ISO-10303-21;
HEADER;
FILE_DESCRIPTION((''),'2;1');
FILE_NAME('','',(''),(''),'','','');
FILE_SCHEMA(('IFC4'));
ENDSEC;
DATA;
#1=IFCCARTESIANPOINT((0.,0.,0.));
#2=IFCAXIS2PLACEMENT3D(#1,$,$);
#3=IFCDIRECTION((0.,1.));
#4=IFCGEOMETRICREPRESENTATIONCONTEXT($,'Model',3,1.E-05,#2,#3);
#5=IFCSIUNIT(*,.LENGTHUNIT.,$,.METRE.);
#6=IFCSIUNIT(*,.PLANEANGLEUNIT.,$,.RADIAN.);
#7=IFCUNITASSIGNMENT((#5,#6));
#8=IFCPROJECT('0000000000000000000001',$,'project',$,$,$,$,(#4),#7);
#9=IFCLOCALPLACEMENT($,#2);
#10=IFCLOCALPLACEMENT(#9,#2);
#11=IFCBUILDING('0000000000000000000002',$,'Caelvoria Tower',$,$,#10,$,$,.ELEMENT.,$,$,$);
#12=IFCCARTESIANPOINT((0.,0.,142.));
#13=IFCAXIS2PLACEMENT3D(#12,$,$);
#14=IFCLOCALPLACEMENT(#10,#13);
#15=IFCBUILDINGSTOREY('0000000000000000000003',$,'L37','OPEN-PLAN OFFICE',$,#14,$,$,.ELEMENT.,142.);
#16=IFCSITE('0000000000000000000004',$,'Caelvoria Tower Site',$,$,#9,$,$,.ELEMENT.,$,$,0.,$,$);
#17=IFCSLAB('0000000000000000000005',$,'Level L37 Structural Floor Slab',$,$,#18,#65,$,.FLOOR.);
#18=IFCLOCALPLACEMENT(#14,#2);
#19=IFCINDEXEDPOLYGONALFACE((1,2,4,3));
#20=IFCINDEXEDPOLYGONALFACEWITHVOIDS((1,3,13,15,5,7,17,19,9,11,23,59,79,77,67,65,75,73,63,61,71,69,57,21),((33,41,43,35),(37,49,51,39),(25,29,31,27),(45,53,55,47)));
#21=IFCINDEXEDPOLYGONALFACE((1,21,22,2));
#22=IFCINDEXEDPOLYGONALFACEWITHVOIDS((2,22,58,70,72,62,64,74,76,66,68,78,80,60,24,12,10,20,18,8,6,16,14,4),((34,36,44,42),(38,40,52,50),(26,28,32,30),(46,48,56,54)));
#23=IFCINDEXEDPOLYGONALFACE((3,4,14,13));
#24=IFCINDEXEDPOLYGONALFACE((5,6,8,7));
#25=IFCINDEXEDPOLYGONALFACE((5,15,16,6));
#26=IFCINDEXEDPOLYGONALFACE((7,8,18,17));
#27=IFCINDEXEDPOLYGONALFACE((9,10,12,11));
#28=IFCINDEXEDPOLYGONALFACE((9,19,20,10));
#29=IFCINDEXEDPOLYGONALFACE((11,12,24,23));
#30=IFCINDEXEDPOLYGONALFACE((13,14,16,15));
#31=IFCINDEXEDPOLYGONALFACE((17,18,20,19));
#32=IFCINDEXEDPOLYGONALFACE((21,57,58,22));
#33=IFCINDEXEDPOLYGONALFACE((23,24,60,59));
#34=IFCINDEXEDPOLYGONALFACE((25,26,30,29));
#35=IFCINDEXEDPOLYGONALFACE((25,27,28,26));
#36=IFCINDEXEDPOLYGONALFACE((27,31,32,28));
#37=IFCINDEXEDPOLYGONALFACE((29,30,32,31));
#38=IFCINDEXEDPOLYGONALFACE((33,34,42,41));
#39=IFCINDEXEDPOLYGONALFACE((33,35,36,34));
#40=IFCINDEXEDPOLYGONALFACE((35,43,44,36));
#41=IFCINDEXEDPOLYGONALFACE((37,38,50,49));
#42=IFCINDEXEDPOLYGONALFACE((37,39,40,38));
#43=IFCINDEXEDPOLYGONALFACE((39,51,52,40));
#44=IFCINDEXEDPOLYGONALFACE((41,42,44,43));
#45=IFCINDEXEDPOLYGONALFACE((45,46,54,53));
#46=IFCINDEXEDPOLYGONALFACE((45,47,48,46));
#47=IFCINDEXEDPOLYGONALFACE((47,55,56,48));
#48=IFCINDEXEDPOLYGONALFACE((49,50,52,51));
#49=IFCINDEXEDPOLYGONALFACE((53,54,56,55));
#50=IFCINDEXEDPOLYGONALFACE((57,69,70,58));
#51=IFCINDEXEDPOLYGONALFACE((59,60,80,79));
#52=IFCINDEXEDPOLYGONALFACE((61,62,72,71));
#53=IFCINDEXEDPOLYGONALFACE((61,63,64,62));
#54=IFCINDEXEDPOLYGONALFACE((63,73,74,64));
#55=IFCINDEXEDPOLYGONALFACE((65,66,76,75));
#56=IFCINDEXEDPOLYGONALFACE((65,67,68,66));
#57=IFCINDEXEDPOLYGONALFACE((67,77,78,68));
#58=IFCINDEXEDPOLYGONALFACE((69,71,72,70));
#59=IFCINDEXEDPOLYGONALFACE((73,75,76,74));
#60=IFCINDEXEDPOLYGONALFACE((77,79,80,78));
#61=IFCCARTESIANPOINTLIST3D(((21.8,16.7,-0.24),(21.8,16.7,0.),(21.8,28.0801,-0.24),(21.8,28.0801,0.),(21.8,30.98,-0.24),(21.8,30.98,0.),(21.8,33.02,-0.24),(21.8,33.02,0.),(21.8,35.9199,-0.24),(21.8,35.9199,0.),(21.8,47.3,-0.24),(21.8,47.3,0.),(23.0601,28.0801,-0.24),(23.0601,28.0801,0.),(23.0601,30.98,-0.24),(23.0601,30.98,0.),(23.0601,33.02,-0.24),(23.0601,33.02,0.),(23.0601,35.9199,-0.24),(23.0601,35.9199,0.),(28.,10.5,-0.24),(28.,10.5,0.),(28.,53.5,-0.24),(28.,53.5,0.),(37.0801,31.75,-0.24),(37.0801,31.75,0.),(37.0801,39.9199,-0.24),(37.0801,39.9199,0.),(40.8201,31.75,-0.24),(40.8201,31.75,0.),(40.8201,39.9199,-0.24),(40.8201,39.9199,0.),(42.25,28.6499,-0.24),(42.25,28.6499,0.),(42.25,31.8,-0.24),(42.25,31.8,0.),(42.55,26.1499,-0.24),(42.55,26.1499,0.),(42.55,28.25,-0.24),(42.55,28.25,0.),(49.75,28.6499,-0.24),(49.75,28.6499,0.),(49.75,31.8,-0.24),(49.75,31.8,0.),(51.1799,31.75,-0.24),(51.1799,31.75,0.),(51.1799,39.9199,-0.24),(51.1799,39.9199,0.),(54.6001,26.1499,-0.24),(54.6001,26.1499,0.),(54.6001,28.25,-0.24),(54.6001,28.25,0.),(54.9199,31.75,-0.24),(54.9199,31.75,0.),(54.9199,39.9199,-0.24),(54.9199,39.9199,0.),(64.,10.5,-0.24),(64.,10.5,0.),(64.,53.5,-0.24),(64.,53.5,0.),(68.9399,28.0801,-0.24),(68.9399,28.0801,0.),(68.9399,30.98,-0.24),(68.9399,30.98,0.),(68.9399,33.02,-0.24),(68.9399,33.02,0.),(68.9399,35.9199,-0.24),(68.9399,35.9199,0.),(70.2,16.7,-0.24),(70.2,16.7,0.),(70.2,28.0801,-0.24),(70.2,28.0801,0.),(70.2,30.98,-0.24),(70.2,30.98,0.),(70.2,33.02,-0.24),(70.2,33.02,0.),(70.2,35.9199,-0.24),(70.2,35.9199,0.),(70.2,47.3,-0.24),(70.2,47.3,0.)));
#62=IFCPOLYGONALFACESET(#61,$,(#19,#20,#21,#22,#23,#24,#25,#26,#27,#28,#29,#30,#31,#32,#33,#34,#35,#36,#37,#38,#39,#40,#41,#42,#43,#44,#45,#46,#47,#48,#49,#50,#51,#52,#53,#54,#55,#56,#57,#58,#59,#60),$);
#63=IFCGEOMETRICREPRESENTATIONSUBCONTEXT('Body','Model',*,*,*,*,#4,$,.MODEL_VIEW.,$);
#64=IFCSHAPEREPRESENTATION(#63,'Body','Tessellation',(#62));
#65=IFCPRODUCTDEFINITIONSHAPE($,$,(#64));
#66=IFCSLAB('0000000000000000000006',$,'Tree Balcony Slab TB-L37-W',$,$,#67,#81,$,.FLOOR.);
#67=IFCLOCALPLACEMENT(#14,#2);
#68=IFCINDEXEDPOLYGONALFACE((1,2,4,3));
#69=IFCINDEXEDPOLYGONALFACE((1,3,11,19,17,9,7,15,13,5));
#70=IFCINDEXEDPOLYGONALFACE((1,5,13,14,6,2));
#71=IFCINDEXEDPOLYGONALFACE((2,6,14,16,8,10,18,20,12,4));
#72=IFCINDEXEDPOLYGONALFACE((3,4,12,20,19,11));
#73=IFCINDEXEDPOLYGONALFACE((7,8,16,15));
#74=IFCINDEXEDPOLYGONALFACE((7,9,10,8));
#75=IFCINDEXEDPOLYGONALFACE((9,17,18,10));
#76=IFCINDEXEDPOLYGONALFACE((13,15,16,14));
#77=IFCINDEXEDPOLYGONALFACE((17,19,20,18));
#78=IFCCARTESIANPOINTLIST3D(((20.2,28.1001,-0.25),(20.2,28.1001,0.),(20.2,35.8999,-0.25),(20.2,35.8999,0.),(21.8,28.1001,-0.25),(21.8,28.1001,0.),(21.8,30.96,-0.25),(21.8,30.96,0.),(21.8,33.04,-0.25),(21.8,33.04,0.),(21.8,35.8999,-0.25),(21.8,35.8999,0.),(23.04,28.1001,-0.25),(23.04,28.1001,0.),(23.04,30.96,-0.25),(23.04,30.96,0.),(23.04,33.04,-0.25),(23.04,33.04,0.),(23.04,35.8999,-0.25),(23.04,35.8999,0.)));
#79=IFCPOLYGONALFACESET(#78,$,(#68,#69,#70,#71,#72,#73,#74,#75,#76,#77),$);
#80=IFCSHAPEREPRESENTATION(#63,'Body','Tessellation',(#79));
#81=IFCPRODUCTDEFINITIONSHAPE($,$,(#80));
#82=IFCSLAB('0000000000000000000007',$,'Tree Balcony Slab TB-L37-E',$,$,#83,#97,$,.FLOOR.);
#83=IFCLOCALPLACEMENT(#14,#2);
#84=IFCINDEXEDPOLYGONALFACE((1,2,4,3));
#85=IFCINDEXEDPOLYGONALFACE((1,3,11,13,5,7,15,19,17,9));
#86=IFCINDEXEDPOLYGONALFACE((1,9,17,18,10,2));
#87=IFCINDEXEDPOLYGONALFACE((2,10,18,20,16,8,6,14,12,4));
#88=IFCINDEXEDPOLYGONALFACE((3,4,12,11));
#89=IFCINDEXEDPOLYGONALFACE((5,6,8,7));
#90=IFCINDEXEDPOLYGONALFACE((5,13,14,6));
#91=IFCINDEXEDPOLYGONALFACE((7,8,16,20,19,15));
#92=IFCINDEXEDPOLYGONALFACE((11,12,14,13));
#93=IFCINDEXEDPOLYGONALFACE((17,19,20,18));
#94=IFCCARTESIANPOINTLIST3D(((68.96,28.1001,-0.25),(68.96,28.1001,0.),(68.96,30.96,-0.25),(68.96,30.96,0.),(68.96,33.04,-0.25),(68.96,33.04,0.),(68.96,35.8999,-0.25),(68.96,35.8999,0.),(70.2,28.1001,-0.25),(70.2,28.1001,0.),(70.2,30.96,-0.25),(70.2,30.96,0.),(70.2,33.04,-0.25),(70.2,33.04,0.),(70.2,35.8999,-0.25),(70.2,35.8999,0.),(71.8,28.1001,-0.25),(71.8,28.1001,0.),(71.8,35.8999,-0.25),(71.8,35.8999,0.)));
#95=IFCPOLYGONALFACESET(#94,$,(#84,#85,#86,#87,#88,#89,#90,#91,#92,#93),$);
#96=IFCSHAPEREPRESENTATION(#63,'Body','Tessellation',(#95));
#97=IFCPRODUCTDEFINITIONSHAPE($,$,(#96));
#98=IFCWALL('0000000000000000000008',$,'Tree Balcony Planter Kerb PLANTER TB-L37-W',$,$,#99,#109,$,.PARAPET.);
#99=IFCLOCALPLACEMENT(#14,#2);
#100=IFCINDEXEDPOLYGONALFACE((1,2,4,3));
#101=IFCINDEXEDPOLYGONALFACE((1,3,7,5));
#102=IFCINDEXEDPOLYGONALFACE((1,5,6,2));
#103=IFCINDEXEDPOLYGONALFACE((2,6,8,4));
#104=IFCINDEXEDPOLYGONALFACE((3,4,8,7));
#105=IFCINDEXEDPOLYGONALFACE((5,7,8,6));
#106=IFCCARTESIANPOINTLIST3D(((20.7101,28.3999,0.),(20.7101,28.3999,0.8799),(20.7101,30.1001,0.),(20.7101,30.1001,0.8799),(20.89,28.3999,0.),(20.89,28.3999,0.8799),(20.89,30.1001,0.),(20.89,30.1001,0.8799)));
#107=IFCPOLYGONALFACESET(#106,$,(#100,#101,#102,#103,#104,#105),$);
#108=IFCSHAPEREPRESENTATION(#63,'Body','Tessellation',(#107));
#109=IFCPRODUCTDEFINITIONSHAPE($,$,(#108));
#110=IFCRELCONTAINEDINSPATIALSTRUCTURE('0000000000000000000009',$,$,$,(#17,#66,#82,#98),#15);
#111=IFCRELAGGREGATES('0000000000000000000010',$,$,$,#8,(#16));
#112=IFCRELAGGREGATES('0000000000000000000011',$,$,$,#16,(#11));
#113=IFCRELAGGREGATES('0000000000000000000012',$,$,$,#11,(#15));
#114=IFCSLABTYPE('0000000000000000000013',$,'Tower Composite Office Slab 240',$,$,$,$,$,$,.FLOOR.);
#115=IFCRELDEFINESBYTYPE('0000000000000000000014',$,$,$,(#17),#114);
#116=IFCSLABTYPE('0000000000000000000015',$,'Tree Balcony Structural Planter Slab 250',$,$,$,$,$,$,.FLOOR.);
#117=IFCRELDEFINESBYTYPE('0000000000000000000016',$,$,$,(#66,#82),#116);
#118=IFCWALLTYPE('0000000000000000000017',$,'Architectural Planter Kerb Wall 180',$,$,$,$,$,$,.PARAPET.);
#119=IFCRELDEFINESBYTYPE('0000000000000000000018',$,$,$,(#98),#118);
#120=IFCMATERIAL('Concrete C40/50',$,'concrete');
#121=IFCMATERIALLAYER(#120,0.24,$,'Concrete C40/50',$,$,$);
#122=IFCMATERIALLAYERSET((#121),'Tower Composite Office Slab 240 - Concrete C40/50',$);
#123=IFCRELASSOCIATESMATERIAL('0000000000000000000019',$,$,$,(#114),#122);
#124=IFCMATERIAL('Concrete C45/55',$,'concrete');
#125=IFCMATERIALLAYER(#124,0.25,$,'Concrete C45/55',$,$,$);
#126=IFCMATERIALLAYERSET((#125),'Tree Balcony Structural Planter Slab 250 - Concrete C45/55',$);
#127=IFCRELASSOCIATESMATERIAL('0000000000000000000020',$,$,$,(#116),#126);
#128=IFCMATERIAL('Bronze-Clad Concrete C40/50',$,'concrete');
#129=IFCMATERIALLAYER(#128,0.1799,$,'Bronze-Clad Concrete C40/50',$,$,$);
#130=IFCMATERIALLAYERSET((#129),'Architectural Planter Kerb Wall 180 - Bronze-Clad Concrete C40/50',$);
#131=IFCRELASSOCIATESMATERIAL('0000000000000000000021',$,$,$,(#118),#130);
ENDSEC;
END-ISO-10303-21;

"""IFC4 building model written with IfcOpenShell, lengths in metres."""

from ifc_helpers import new_model, si_unit, direction, frame, frame_2d, origin, place, context, subcontext, project, spatial, polyline, rectangle, outline, extrude, material, layer, layer_set, type_object, element, save


model = new_model("IFC4")

# Units and contexts
model_context = context("Model", 3, precision=1e-05, world=origin(), true_north=direction((0.0, 1.0)))
body_context = subcontext(model_context, "Body", "Model", "MODEL_VIEW")
ifc_project = project(units=[si_unit("LENGTHUNIT", "METRE"), si_unit("PLANEANGLEUNIT", "RADIAN")], contexts=[model_context])

# Site, building, storey
site_placement = place(None, origin())
site = spatial("IfcSite", under=ifc_project, at=site_placement, Name="Caelvoria Tower Site", CompositionType="ELEMENT", RefElevation=0.0)
building_placement = place(site_placement, origin())
building = spatial("IfcBuilding", under=site, at=building_placement, Name="Caelvoria Tower", CompositionType="ELEMENT")
storey_placement = place(building_placement, frame((0.0, 0.0, 142.0)))
storey = spatial("IfcBuildingStorey", under=building, at=storey_placement, Name="L37", Description="OPEN-PLAN OFFICE", CompositionType="ELEMENT", Elevation=142.0)

# Shared definitions
ifc_material_1 = material(Name="Concrete C40/50", Category="concrete")

# Slabs
ifc_layer_1 = layer(ifc_material_1, 0.24, Name="Concrete C40/50")
ifc_layer_set_1 = layer_set([ifc_layer_1], Name="Tower Composite Office Slab 240 - Concrete C40/50")
slab_type_1 = type_object("IfcSlabType", Name="Tower Composite Office Slab 240", PredefinedType="FLOOR", material=ifc_layer_set_1)
slab_1_placement = place(storey_placement, frame((0.0, 0.0, -0.24)))
element("IfcSlab", 1, at=slab_1_placement, inside=storey, type_object=slab_type_1, Name="Level L37 Structural Floor Slab", PredefinedType="FLOOR", context=body_context, shape_type="SweptSolid", body=[
    extrude(outline(polyline([(64.0, 53.5), (28.0, 53.5), (21.8, 47.3), (21.8, 35.9199), (23.0601, 35.9199), (23.0601, 33.02), (21.8, 33.02), (21.8, 30.98), (23.0601, 30.98), (23.0601, 28.0801), (21.8, 28.0801), (21.8, 16.7), (28.0, 10.5), (64.0, 10.5), (70.2, 16.7), (70.2, 28.0801), (68.9399, 28.0801), (68.9399, 30.98), (70.2, 30.98), (70.2, 33.02), (68.9399, 33.02), (68.9399, 35.9199), (70.2, 35.9199), (70.2, 47.3), (64.0, 53.5)]), holes=[polyline([(37.0801, 31.75), (40.8201, 31.75), (40.8201, 39.9199), (37.0801, 39.9199), (37.0801, 31.75)]), polyline([(51.1799, 31.75), (54.9199, 31.75), (54.9199, 39.9199), (51.1799, 39.9199), (51.1799, 31.75)]), polyline([(42.25, 28.6499), (49.75, 28.6499), (49.75, 31.8), (42.25, 31.8), (42.25, 28.6499)]), polyline([(42.55, 26.1499), (54.6001, 26.1499), (54.6001, 28.25), (42.55, 28.25), (42.55, 26.1499)])]), origin(), (0.0, 0.0, 1.0), 0.24),
])
ifc_material_2 = material(Name="Concrete C45/55", Category="concrete")
ifc_layer_2 = layer(ifc_material_2, 0.25, Name="Concrete C45/55")
ifc_layer_set_2 = layer_set([ifc_layer_2], Name="Tree Balcony Structural Planter Slab 250 - Concrete C45/55")
slab_type_2 = type_object("IfcSlabType", Name="Tree Balcony Structural Planter Slab 250", PredefinedType="FLOOR", material=ifc_layer_set_2)
slab_2_placement = place(storey_placement, frame((0.0, 0.0, -0.25)))
element("IfcSlab", 2, at=slab_2_placement, inside=storey, type_object=slab_type_2, Name="Tree Balcony Slab TB-L37-W", PredefinedType="FLOOR", context=body_context, shape_type="SweptSolid", body=[
    extrude(outline(polyline([(20.2, 28.1001), (21.8, 28.1001), (23.04, 28.1001), (23.04, 30.96), (21.8, 30.96), (21.8, 33.04), (23.04, 33.04), (23.04, 35.8999), (21.8, 35.8999), (20.2, 35.8999), (20.2, 28.1001)])), origin(), (0.0, 0.0, 1.0), 0.25),
])
slab_3_placement = place(storey_placement, frame((0.0, 0.0, -0.25)))
element("IfcSlab", 3, at=slab_3_placement, inside=storey, type_object=slab_type_2, Name="Tree Balcony Slab TB-L37-E", PredefinedType="FLOOR", context=body_context, shape_type="SweptSolid", body=[
    extrude(outline(polyline([(70.2, 35.8999), (68.96, 35.8999), (68.96, 33.04), (70.2, 33.04), (70.2, 30.96), (68.96, 30.96), (68.96, 28.1001), (70.2, 28.1001), (71.8, 28.1001), (71.8, 35.8999), (70.2, 35.8999)])), origin(), (0.0, 0.0, 1.0), 0.25),
])

# Wall
ifc_material_3 = material(Name="Bronze-Clad Concrete C40/50", Category="concrete")
ifc_layer_3 = layer(ifc_material_3, 0.1799, Name="Bronze-Clad Concrete C40/50")
ifc_layer_set_3 = layer_set([ifc_layer_3], Name="Architectural Planter Kerb Wall 180 - Bronze-Clad Concrete C40/50")
wall_type_1 = type_object("IfcWallType", Name="Architectural Planter Kerb Wall 180", PredefinedType="PARAPET", material=ifc_layer_set_3)
wall_1_placement = place(storey_placement, frame((20.8, 28.3999, 0.0), z_axis=(0.0, 0.0, 1.0), x_axis=(0.0, 1.0, 0.0)))
element("IfcWall", 4, at=wall_1_placement, inside=storey, type_object=wall_type_1, Name="Tree Balcony Planter Kerb PLANTER TB-L37-W", PredefinedType="PARAPET", context=body_context, shape_type="SweptSolid", body=[
    extrude(rectangle(XDim=1.7002, YDim=0.1799, at=frame_2d((0.8501, 0.0))), origin(), (0.0, 0.0, 1.0), 0.8799),
])

save(model, "model.ifc")
